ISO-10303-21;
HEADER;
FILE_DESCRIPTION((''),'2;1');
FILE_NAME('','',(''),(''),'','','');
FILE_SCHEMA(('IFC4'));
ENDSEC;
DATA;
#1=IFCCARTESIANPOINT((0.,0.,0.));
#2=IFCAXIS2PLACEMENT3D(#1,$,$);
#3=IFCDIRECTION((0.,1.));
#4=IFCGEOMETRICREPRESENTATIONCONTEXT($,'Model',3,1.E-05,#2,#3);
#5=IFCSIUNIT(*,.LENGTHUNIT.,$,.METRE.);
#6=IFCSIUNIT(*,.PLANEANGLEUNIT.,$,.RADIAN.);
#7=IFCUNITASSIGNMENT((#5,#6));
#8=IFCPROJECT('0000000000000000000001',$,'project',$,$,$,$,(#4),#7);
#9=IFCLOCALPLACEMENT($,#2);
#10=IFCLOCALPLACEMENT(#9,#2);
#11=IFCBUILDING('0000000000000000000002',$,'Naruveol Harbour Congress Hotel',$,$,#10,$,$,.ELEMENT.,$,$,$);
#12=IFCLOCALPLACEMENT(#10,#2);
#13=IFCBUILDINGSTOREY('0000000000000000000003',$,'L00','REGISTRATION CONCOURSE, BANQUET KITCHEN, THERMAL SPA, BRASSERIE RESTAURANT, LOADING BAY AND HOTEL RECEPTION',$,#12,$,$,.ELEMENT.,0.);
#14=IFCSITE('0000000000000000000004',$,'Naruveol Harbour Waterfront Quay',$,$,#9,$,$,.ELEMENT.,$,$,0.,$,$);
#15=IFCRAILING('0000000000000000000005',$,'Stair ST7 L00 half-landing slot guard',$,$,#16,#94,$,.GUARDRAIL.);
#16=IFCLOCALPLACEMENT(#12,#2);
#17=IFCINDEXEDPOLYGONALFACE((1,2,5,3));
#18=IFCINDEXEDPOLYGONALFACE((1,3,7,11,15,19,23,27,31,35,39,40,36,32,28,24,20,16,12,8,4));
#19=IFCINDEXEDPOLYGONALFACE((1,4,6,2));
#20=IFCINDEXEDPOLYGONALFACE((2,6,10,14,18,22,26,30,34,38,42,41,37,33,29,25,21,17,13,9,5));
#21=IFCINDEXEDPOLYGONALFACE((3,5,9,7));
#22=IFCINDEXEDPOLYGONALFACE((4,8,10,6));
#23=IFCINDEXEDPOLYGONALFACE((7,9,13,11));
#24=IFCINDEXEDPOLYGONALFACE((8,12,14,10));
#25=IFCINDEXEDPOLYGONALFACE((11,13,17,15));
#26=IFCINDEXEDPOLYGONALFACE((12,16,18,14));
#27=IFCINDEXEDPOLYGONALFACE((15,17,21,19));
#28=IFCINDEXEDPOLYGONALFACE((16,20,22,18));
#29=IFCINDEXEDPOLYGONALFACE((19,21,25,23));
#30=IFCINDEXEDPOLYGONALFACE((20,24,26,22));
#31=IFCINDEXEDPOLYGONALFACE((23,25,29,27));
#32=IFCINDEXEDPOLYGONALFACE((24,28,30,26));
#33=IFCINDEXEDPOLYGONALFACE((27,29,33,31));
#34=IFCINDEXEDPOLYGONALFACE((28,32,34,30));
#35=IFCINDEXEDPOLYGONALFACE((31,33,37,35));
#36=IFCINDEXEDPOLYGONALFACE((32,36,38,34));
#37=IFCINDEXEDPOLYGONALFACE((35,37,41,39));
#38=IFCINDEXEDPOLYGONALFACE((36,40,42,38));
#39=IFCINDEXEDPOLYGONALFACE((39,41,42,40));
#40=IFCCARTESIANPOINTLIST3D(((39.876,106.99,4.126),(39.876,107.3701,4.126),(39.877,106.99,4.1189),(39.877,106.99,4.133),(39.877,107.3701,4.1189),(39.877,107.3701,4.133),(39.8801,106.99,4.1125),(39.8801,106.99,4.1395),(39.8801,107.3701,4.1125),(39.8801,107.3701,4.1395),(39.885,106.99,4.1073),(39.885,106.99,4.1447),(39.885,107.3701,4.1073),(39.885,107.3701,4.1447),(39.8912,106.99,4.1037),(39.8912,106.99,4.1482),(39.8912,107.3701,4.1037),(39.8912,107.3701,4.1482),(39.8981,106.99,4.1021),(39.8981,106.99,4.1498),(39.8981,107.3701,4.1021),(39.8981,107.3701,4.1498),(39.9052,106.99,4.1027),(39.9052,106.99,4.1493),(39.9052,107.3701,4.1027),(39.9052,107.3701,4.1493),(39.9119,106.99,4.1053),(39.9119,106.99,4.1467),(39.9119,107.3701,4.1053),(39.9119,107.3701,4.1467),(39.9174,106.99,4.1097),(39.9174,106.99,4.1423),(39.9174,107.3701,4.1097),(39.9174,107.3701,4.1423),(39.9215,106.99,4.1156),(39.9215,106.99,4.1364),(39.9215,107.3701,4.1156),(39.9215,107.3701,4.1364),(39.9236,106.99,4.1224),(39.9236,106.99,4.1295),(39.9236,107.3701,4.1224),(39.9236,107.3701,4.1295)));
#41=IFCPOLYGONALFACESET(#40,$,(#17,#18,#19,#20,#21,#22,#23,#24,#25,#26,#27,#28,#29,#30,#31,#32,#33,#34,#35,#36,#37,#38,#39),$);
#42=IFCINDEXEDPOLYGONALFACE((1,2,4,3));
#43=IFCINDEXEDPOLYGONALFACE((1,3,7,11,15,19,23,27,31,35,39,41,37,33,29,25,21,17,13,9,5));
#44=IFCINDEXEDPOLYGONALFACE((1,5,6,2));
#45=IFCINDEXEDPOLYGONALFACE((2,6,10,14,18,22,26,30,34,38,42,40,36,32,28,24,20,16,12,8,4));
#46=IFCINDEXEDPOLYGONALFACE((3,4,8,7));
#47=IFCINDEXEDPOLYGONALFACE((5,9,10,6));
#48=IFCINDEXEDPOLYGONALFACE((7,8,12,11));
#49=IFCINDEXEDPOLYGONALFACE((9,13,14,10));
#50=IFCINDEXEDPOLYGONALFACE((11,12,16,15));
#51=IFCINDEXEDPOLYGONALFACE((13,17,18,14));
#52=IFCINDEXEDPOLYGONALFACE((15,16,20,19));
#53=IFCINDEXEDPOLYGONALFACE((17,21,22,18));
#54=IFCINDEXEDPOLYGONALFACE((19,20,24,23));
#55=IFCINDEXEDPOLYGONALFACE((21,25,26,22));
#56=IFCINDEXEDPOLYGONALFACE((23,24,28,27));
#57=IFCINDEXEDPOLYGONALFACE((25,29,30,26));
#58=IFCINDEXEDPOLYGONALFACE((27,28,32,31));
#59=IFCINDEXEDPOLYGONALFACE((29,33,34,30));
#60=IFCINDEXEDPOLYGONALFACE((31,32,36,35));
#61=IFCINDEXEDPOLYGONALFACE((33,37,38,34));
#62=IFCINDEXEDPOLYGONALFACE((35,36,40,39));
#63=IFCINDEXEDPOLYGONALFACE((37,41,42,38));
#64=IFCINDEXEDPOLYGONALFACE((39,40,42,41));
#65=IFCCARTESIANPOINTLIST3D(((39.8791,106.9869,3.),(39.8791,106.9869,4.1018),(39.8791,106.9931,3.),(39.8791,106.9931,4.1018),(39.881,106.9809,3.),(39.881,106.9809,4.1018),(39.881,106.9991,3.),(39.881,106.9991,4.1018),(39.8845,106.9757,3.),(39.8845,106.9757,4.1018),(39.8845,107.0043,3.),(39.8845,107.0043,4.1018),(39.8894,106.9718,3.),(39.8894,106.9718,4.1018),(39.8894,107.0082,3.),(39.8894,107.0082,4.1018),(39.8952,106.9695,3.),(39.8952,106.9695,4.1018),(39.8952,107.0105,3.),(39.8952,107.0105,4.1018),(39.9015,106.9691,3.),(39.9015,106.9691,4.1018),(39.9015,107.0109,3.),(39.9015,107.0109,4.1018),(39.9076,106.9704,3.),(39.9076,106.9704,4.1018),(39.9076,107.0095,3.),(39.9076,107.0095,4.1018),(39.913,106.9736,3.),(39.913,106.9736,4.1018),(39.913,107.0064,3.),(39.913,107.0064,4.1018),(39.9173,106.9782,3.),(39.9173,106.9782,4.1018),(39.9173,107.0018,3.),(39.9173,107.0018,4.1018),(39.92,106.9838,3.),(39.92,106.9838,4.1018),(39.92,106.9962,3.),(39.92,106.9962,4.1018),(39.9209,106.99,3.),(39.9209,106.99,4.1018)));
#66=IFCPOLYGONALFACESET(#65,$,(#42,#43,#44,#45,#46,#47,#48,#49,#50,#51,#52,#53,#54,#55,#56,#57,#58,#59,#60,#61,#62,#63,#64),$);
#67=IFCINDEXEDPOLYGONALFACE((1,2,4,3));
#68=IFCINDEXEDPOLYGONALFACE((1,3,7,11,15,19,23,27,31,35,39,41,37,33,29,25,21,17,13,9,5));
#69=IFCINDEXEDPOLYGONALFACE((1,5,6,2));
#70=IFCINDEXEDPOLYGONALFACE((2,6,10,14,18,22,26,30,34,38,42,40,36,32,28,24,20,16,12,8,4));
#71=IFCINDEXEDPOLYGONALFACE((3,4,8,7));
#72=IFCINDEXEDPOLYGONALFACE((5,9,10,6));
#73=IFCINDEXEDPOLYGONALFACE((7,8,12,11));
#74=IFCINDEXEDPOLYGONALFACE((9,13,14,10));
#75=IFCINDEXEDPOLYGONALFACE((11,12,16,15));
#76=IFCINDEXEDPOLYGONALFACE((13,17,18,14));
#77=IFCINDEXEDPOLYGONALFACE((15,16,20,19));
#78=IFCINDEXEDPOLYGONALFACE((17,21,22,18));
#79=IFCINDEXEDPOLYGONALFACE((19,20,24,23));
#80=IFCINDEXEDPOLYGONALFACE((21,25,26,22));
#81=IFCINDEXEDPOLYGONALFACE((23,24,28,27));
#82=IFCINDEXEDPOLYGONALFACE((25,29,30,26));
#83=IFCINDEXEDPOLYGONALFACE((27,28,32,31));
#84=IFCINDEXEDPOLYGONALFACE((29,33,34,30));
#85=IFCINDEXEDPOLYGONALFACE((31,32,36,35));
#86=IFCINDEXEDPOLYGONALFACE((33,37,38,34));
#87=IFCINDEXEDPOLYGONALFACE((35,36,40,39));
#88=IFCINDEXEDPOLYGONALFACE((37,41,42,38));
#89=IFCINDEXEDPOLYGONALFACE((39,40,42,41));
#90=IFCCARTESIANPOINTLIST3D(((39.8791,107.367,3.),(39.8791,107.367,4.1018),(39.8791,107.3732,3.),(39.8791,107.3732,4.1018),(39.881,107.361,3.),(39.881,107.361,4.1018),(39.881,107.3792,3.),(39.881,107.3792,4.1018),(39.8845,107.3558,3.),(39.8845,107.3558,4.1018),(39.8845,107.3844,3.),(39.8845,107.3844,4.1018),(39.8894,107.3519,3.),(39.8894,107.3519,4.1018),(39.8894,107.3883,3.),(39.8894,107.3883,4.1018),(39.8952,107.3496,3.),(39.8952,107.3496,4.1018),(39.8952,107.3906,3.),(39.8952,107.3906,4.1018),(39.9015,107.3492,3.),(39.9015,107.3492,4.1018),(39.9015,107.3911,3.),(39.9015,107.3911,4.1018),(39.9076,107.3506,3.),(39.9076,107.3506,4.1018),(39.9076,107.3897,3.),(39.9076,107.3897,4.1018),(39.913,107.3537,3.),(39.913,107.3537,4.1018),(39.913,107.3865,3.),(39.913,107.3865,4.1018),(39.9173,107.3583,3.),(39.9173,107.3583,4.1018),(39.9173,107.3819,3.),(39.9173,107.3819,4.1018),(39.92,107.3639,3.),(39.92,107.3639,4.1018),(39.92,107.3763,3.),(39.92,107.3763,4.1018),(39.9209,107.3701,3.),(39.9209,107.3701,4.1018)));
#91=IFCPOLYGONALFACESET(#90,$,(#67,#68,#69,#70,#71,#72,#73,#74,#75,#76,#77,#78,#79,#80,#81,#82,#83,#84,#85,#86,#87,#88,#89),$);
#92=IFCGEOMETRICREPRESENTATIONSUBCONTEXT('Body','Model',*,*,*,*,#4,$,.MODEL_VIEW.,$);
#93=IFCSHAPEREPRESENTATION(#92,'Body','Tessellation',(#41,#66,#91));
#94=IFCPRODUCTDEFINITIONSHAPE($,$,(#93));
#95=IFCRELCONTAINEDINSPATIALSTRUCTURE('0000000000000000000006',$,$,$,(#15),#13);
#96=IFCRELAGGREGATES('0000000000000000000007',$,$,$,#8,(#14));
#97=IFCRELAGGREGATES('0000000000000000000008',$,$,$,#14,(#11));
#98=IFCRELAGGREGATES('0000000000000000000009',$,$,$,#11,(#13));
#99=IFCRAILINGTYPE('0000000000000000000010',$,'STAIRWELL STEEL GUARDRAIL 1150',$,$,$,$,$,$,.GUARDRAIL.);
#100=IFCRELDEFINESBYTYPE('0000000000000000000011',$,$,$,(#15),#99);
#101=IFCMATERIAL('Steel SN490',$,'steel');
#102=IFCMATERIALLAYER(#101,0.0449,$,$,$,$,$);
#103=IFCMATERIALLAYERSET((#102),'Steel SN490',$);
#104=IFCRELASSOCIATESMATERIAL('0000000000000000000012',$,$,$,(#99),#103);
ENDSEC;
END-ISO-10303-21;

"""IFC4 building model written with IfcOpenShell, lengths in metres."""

from ifc_helpers import new_model, si_unit, direction, frame, origin, origin_2d, place, context, subcontext, project, spatial, circle, extrude, material, layer, layer_set, type_object, element, save


model = new_model("IFC4")

# Units and contexts
model_context = context("Model", 3, precision=1e-05, world=origin(), true_north=direction((0.0, 1.0)))
body_context = subcontext(model_context, "Body", "Model", "MODEL_VIEW")
ifc_project = project(units=[si_unit("LENGTHUNIT", "METRE"), si_unit("PLANEANGLEUNIT", "RADIAN")], contexts=[model_context])

# Site, building, storey
site_placement = place(None, origin())
site = spatial("IfcSite", under=ifc_project, at=site_placement, Name="Naruveol Harbour Waterfront Quay", CompositionType="ELEMENT", RefElevation=0.0)
building_placement = place(site_placement, origin())
building = spatial("IfcBuilding", under=site, at=building_placement, Name="Naruveol Harbour Congress Hotel", CompositionType="ELEMENT")
storey_placement = place(building_placement, origin())
storey = spatial("IfcBuildingStorey", under=building, at=storey_placement, Name="L00", Description="REGISTRATION CONCOURSE, BANQUET KITCHEN, THERMAL SPA, BRASSERIE RESTAURANT, LOADING BAY AND HOTEL RECEPTION", CompositionType="ELEMENT", Elevation=0.0)

# Railing
ifc_material_1 = material(Name="Steel SN490", Category="steel")
ifc_layer_1 = layer(ifc_material_1, 0.0449)
ifc_layer_set_1 = layer_set([ifc_layer_1], Name="Steel SN490")
railing_type_1 = type_object("IfcRailingType", Name="STAIRWELL STEEL GUARDRAIL 1150", PredefinedType="GUARDRAIL", material=ifc_layer_set_1)
railing_1_placement = place(storey_placement, frame((39.8999, 106.99, 3.0)))
element("IfcRailing", 1, at=railing_1_placement, inside=storey, type_object=railing_type_1, Name="Stair ST7 L00 half-landing slot guard", PredefinedType="GUARDRAIL", context=body_context, shape_type="SweptSolid", body=[
    extrude(circle(Radius=0.0239, at=origin_2d()), frame((0.0, 0.0, 1.126), z_axis=(0.0, 1.0, 0.0), x_axis=(-1.0, 0.0, 0.0)), (0.0, 0.0, 1.0), 0.3801),
    extrude(circle(Radius=0.021, at=origin_2d()), origin(), (0.0, 0.0, 1.0), 1.1018),
    extrude(circle(Radius=0.021, at=origin_2d()), frame((0.0, 0.3801, 0.0)), (0.0, 0.0, 1.0), 1.1018),
])

save(model, "model.ifc")
